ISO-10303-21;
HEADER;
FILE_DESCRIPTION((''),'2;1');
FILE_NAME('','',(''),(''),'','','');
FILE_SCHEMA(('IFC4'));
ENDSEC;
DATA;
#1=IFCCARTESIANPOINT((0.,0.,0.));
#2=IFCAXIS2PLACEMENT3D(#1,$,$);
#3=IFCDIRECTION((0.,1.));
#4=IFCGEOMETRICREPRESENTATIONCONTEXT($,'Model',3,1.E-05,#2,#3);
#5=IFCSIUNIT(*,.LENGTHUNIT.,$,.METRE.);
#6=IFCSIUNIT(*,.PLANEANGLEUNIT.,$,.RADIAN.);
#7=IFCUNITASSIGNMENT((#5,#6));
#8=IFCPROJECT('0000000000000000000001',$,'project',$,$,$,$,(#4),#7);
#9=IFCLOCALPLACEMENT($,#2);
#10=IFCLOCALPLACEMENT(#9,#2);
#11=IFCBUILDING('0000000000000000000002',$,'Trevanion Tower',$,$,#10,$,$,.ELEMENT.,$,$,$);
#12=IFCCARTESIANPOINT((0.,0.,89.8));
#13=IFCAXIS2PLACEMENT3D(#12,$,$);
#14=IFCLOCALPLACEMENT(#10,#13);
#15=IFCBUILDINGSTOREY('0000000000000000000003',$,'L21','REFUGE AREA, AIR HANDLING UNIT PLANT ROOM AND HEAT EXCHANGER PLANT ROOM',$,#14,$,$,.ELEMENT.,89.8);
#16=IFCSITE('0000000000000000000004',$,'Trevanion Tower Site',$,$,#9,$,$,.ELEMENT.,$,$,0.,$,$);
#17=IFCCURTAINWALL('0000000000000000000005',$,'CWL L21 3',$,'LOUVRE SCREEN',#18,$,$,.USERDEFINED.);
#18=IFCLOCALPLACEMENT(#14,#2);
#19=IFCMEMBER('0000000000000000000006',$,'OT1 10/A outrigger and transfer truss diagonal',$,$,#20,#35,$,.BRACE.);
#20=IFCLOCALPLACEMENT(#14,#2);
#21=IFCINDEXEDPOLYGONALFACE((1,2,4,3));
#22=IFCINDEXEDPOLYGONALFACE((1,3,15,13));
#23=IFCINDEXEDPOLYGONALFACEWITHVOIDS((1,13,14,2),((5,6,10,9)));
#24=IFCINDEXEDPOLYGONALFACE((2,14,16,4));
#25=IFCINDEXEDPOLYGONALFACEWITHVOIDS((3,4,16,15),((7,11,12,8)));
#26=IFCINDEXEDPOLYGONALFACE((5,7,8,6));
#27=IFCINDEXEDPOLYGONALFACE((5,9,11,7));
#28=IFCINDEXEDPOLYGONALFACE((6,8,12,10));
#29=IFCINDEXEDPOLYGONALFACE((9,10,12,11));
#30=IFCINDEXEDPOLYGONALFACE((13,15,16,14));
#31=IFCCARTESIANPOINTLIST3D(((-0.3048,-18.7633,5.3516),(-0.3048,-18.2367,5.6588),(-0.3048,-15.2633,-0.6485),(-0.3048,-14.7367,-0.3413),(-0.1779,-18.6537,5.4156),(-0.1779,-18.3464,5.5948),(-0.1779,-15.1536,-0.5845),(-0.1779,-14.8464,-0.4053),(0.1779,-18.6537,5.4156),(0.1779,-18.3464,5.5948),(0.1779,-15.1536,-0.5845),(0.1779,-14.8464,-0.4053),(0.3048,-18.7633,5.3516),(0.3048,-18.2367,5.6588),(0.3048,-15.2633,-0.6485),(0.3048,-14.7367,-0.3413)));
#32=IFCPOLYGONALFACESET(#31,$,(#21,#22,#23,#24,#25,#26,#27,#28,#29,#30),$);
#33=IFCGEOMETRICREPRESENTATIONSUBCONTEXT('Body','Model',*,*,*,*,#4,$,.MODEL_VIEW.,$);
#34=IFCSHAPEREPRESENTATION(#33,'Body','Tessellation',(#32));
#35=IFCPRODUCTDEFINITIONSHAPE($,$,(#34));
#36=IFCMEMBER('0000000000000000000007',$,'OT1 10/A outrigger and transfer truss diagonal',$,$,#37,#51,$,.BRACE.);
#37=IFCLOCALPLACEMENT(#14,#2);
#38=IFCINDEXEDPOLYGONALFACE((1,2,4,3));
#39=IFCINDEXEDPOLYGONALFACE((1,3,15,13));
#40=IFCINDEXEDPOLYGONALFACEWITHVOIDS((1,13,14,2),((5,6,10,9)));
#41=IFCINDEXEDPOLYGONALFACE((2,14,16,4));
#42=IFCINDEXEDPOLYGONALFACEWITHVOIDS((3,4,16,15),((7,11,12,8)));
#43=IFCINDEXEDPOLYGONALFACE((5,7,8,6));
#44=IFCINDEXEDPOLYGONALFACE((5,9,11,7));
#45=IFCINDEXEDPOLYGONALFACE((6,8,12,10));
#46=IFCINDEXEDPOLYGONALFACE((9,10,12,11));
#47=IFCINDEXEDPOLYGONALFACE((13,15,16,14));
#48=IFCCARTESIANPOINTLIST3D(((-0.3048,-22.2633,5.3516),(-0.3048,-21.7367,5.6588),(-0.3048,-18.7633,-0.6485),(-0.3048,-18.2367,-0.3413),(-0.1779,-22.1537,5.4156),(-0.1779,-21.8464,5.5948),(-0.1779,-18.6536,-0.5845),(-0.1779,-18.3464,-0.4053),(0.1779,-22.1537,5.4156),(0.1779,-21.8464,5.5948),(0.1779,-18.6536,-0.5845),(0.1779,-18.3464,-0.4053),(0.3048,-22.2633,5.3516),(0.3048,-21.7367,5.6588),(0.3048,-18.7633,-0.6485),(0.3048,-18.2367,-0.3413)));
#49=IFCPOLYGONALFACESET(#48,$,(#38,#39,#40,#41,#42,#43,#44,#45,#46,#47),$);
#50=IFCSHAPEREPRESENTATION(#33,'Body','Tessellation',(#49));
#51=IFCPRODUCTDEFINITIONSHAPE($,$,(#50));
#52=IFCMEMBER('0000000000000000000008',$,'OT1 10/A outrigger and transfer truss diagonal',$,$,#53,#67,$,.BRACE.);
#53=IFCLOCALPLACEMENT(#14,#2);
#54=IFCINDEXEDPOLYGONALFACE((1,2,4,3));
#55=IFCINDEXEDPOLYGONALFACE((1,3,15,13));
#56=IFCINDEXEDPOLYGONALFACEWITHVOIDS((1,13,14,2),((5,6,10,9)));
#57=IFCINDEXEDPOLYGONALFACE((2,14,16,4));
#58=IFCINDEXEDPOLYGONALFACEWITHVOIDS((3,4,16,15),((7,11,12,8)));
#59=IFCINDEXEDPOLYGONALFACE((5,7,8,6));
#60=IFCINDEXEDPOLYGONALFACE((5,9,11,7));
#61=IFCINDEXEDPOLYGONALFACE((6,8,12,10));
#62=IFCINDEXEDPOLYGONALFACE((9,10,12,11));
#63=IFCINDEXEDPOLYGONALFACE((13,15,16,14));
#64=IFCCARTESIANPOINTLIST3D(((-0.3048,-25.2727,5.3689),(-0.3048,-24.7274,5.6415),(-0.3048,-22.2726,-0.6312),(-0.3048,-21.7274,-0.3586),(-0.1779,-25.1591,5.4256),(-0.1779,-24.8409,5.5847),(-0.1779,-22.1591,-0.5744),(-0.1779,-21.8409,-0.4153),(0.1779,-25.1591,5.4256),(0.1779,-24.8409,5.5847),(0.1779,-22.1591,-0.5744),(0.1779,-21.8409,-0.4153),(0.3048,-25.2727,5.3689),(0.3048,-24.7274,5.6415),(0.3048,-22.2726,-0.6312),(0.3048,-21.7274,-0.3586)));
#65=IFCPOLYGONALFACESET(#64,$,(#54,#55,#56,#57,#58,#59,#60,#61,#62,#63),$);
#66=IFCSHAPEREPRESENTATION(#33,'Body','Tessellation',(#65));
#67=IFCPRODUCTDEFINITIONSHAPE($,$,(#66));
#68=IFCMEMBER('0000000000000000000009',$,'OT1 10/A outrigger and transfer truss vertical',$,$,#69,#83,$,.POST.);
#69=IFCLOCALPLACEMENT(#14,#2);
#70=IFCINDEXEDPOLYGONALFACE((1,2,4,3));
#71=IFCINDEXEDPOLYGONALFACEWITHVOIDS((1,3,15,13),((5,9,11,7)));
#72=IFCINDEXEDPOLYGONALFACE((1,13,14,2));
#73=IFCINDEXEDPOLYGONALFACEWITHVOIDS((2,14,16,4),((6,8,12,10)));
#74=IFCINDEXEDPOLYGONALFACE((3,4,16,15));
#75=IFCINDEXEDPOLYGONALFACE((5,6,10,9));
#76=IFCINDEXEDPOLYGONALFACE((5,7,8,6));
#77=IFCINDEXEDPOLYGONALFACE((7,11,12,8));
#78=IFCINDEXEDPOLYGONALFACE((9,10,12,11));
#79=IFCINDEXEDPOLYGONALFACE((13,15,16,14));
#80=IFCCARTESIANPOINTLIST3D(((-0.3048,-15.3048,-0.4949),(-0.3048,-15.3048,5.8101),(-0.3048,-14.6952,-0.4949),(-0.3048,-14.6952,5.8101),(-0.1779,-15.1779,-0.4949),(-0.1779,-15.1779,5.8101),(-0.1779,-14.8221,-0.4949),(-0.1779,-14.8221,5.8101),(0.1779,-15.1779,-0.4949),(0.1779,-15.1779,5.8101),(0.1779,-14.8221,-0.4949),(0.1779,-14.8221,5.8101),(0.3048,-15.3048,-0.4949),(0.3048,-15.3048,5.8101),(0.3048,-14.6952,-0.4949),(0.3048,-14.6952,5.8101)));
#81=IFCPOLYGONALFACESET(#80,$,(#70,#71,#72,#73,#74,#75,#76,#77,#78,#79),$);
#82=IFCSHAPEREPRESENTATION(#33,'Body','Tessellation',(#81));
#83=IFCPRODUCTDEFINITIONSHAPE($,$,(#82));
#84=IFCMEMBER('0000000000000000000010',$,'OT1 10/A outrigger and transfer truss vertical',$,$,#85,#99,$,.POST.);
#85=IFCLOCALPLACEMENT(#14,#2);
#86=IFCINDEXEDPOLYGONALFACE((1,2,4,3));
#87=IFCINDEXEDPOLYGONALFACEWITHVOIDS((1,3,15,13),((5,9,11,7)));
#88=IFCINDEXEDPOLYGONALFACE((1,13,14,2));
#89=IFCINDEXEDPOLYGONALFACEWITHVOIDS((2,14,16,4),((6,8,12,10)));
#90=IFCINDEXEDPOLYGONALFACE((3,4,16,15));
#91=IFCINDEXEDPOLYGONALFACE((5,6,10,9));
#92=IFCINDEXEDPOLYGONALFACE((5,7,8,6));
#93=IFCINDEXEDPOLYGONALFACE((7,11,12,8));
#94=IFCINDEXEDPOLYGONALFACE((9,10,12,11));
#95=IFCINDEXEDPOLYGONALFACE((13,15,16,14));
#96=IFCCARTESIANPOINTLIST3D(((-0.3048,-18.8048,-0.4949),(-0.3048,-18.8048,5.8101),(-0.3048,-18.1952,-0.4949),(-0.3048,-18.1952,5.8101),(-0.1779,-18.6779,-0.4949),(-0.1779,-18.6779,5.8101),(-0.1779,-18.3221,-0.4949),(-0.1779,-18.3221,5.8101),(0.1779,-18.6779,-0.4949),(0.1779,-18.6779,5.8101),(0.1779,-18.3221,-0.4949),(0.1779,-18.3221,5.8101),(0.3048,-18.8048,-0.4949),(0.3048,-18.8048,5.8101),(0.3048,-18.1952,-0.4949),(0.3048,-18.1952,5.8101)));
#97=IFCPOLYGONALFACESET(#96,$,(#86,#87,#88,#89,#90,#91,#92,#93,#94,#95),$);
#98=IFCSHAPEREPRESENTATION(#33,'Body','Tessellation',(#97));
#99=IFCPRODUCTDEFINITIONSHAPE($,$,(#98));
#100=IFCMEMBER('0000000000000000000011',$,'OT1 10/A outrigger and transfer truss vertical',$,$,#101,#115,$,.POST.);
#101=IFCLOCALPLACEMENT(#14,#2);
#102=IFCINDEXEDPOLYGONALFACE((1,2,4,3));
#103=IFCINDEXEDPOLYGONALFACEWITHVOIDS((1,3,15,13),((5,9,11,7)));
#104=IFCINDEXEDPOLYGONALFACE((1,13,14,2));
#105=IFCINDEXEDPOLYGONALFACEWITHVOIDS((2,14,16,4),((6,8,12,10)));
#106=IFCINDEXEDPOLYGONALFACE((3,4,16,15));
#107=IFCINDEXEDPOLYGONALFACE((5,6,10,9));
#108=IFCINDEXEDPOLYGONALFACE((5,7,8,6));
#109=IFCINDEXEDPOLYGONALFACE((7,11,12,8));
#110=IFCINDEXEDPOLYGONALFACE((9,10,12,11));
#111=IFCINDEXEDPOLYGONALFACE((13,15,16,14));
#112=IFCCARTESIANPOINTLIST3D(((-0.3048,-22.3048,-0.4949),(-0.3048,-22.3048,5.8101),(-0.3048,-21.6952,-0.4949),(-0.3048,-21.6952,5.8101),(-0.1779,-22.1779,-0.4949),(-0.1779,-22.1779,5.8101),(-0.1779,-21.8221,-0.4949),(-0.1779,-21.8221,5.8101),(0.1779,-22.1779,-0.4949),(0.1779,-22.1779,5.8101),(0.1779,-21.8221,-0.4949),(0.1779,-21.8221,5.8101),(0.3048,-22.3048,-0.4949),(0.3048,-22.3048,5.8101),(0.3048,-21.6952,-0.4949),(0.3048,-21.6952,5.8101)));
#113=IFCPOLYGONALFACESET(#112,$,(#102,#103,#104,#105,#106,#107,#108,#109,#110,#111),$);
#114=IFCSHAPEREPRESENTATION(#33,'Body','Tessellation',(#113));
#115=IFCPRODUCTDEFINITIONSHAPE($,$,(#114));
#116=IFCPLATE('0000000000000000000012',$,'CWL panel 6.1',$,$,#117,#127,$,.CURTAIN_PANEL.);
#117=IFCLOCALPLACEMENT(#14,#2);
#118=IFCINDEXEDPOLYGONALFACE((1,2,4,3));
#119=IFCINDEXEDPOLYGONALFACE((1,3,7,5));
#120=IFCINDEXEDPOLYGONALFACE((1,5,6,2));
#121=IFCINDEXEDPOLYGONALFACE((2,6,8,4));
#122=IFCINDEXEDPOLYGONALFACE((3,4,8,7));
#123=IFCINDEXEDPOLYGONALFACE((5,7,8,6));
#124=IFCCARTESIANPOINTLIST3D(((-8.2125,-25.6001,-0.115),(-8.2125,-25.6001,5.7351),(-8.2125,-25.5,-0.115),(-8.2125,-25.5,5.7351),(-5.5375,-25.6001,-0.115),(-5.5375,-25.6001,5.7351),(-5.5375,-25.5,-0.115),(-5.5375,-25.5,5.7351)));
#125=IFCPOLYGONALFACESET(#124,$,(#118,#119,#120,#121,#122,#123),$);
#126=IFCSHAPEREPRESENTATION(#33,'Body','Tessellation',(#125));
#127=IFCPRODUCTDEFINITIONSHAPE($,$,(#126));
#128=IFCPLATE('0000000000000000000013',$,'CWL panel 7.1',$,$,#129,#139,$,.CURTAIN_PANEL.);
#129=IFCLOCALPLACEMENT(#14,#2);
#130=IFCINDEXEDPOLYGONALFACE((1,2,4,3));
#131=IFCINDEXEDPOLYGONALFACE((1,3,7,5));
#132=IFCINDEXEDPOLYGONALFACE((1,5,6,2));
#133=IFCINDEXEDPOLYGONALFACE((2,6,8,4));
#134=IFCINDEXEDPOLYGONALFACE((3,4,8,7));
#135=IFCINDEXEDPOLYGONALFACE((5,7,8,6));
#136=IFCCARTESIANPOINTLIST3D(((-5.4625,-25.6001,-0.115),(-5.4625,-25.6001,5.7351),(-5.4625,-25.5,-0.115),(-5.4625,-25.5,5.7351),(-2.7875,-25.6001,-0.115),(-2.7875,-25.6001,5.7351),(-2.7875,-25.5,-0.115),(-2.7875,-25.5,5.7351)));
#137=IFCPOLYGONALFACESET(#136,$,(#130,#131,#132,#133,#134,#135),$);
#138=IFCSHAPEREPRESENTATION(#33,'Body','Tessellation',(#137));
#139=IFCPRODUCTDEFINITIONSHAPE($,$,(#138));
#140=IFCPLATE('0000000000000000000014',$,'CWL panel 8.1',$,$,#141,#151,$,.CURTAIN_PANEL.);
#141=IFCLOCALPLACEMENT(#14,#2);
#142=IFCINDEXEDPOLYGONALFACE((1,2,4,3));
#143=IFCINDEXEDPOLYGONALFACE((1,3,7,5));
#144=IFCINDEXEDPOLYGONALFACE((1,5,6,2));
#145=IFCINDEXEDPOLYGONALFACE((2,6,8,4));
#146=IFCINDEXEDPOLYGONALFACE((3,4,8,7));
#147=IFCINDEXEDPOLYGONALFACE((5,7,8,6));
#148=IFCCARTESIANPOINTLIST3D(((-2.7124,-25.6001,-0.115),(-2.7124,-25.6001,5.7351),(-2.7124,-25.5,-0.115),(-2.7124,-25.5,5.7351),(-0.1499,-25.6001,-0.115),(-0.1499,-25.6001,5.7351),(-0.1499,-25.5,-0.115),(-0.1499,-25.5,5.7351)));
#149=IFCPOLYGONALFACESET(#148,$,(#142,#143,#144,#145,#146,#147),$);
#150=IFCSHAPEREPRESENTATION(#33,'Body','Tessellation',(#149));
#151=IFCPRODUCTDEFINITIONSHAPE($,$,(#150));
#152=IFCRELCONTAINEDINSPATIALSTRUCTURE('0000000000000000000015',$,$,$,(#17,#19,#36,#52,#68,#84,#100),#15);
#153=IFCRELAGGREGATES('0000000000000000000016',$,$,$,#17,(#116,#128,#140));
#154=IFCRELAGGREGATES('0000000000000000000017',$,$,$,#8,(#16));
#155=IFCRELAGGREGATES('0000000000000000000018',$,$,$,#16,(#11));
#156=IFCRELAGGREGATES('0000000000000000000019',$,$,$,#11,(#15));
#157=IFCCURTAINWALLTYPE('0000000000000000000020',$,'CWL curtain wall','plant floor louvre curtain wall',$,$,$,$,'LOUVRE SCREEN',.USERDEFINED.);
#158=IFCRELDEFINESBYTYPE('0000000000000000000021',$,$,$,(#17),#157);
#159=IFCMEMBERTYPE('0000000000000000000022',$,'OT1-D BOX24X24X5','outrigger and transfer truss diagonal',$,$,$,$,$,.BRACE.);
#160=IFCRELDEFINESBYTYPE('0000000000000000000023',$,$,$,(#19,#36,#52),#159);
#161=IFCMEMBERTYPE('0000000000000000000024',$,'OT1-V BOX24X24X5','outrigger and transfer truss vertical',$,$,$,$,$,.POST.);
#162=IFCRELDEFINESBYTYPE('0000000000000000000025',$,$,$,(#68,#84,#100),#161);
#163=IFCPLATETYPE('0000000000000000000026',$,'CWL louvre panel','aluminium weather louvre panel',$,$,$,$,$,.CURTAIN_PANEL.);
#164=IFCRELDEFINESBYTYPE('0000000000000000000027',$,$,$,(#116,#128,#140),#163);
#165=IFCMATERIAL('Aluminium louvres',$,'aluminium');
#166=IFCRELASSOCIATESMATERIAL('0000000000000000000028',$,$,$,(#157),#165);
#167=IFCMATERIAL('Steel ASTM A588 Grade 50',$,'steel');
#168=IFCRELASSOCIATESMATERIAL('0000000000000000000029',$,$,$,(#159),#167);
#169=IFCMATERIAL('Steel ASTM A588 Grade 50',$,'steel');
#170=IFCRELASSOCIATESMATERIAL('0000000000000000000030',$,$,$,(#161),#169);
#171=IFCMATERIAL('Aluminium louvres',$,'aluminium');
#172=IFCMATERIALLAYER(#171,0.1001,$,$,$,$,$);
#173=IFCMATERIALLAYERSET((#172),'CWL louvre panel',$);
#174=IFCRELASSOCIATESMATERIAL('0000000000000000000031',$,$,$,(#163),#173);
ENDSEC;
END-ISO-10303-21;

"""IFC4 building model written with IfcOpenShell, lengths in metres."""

from ifc_helpers import new_model, si_unit, direction, frame, origin, origin_2d, place, context, subcontext, project, spatial, rectangle, hollow_rectangle, extrude, material, layer, layer_set, material_profile, profile_set, type_object, element, aggregate, save


model = new_model("IFC4")

# Units and contexts
model_context = context("Model", 3, precision=1e-05, world=origin(), true_north=direction((0.0, 1.0)))
body_context = subcontext(model_context, "Body", "Model", "MODEL_VIEW")
ifc_project = project(units=[si_unit("LENGTHUNIT", "METRE"), si_unit("PLANEANGLEUNIT", "RADIAN")], contexts=[model_context])

# Site, building, storey
site_placement = place(None, origin())
site = spatial("IfcSite", under=ifc_project, at=site_placement, Name="Trevanion Tower Site", CompositionType="ELEMENT", RefElevation=0.0)
building_placement = place(site_placement, origin())
building = spatial("IfcBuilding", under=site, at=building_placement, Name="Trevanion Tower", CompositionType="ELEMENT")
storey_placement = place(building_placement, frame((0.0, 0.0, 89.8)))
storey = spatial("IfcBuildingStorey", under=building, at=storey_placement, Name="L21", Description="REFUGE AREA, AIR HANDLING UNIT PLANT ROOM AND HEAT EXCHANGER PLANT ROOM", CompositionType="ELEMENT", Elevation=89.8)

# Curtain wall
ifc_material_1 = material(Name="Aluminium louvres", Category="aluminium")
curtain_wall_type = type_object("IfcCurtainWallType", Name="CWL curtain wall", Description="plant floor louvre curtain wall", ElementType="LOUVRE SCREEN", PredefinedType="USERDEFINED", material=ifc_material_1)
curtain_wall_placement = place(storey_placement, origin())
curtain_wall = element("IfcCurtainWall", 1, at=curtain_wall_placement, inside=storey, type_object=curtain_wall_type, Name="CWL L21 3", ObjectType="LOUVRE SCREEN", PredefinedType="USERDEFINED")

# Members
ifc_material_2 = material(Name="Steel ASTM A588 Grade 50", Category="steel")
ifc_material_profile_1 = material_profile(ifc_material_2, hollow_rectangle(XDim=0.6096, YDim=0.6096, WallThickness=0.127, at=origin_2d()), Name="BOX24X24X5")
ifc_profile_set_1 = profile_set([ifc_material_profile_1], Name="Steel ASTM A588 Grade 50")
member_type_1 = type_object("IfcMemberType", Name="OT1-D BOX24X24X5", Description="outrigger and transfer truss diagonal", PredefinedType="BRACE", material=ifc_profile_set_1)
for number, where, z_axis, x_axis, name in (
    (2, (0.0, -15.0, -0.4949), (0.0, -0.503871, 0.863779), (1.0, 0.0, 0.0), "OT1 10/A outrigger and transfer truss diagonal"),
    (3, (0.0, -18.5, -0.4949), (0.0, -0.503871, 0.863779), (1.0, 0.0, 0.0), "OT1 10/A outrigger and transfer truss diagonal"),
):
    element("IfcMember", number, at=place(storey_placement, frame(where, z_axis=z_axis, x_axis=x_axis)), inside=storey, type_object=member_type_1, Name=name, PredefinedType="BRACE", context=body_context, shape_type="SweptSolid", body=[
        extrude(hollow_rectangle(XDim=0.6096, YDim=0.6096, WallThickness=0.127, at=origin_2d()), origin(), (0.0, 0.0, 1.0), 6.9463),
    ])
member_1_placement = place(storey_placement, frame((0.0, -22.0, -0.4949), z_axis=(0.0, -0.447214, 0.894427), x_axis=(1.0, 0.0, 0.0)))
element("IfcMember", 4, at=member_1_placement, inside=storey, type_object=member_type_1, Name="OT1 10/A outrigger and transfer truss diagonal", PredefinedType="BRACE", context=body_context, shape_type="SweptSolid", body=[
    extrude(hollow_rectangle(XDim=0.6096, YDim=0.6096, WallThickness=0.127, at=origin_2d()), origin(), (0.0, 0.0, 1.0), 6.7083),
])
ifc_material_3 = material(Name="Steel ASTM A588 Grade 50", Category="steel")
ifc_material_profile_2 = material_profile(ifc_material_3, hollow_rectangle(XDim=0.6096, YDim=0.6096, WallThickness=0.127, at=origin_2d()), Name="BOX24X24X5")
ifc_profile_set_2 = profile_set([ifc_material_profile_2], Name="Steel ASTM A588 Grade 50")
member_type_2 = type_object("IfcMemberType", Name="OT1-V BOX24X24X5", Description="outrigger and transfer truss vertical", PredefinedType="POST", material=ifc_profile_set_2)
for number, where, z_axis, x_axis, name in (
    (5, (0.0, -15.0, -0.4949), (0.0, 0.0, 1.0), (1.0, 0.0, 0.0), "OT1 10/A outrigger and transfer truss vertical"),
    (6, (0.0, -18.5, -0.4949), (0.0, 0.0, 1.0), (1.0, 0.0, 0.0), "OT1 10/A outrigger and transfer truss vertical"),
    (7, (0.0, -22.0, -0.4949), (0.0, 0.0, 1.0), (1.0, 0.0, 0.0), "OT1 10/A outrigger and transfer truss vertical"),
):
    element("IfcMember", number, at=place(storey_placement, frame(where, z_axis=z_axis, x_axis=x_axis)), inside=storey, type_object=member_type_2, Name=name, PredefinedType="POST", context=body_context, shape_type="SweptSolid", body=[
        extrude(hollow_rectangle(XDim=0.6096, YDim=0.6096, WallThickness=0.127, at=origin_2d()), origin(), (0.0, 0.0, 1.0), 6.3049),
    ])

# Plates
ifc_material_4 = material(Name="Aluminium louvres", Category="aluminium")
ifc_layer = layer(ifc_material_4, 0.1001)
ifc_layer_set = layer_set([ifc_layer], Name="CWL louvre panel")
plate_type = type_object("IfcPlateType", Name="CWL louvre panel", Description="aluminium weather louvre panel", PredefinedType="CURTAIN_PANEL", material=ifc_layer_set)
plate_1_placement = place(storey_placement, frame((-6.875, -25.55, -0.115), z_axis=(0.0, 0.0, 1.0), x_axis=(1.0, 0.0, 0.0)))
plate_1 = element("IfcPlate", 8, at=plate_1_placement, type_object=plate_type, Name="CWL panel 6.1", PredefinedType="CURTAIN_PANEL", context=body_context, shape_type="SweptSolid", body=[
    extrude(rectangle(XDim=2.675, YDim=0.1001, at=origin_2d()), origin(), (0.0, 0.0, 1.0), 5.8501),
])
plate_2_placement = place(storey_placement, frame((-4.125, -25.55, -0.115), z_axis=(0.0, 0.0, 1.0), x_axis=(1.0, 0.0, 0.0)))
plate_2 = element("IfcPlate", 9, at=plate_2_placement, type_object=plate_type, Name="CWL panel 7.1", PredefinedType="CURTAIN_PANEL", context=body_context, shape_type="SweptSolid", body=[
    extrude(rectangle(XDim=2.675, YDim=0.1001, at=origin_2d()), origin(), (0.0, 0.0, 1.0), 5.8501),
])
plate_3_placement = place(storey_placement, frame((-1.4312, -25.55, -0.115), z_axis=(0.0, 0.0, 1.0), x_axis=(1.0, 0.0, 0.0)))
plate_3 = element("IfcPlate", 10, at=plate_3_placement, type_object=plate_type, Name="CWL panel 8.1", PredefinedType="CURTAIN_PANEL", context=body_context, shape_type="SweptSolid", body=[
    extrude(rectangle(XDim=2.5625, YDim=0.1001, at=origin_2d()), origin(), (0.0, 0.0, 1.0), 5.8501),
])
aggregate(curtain_wall, [plate_1, plate_2, plate_3])

save(model, "model.ifc")
